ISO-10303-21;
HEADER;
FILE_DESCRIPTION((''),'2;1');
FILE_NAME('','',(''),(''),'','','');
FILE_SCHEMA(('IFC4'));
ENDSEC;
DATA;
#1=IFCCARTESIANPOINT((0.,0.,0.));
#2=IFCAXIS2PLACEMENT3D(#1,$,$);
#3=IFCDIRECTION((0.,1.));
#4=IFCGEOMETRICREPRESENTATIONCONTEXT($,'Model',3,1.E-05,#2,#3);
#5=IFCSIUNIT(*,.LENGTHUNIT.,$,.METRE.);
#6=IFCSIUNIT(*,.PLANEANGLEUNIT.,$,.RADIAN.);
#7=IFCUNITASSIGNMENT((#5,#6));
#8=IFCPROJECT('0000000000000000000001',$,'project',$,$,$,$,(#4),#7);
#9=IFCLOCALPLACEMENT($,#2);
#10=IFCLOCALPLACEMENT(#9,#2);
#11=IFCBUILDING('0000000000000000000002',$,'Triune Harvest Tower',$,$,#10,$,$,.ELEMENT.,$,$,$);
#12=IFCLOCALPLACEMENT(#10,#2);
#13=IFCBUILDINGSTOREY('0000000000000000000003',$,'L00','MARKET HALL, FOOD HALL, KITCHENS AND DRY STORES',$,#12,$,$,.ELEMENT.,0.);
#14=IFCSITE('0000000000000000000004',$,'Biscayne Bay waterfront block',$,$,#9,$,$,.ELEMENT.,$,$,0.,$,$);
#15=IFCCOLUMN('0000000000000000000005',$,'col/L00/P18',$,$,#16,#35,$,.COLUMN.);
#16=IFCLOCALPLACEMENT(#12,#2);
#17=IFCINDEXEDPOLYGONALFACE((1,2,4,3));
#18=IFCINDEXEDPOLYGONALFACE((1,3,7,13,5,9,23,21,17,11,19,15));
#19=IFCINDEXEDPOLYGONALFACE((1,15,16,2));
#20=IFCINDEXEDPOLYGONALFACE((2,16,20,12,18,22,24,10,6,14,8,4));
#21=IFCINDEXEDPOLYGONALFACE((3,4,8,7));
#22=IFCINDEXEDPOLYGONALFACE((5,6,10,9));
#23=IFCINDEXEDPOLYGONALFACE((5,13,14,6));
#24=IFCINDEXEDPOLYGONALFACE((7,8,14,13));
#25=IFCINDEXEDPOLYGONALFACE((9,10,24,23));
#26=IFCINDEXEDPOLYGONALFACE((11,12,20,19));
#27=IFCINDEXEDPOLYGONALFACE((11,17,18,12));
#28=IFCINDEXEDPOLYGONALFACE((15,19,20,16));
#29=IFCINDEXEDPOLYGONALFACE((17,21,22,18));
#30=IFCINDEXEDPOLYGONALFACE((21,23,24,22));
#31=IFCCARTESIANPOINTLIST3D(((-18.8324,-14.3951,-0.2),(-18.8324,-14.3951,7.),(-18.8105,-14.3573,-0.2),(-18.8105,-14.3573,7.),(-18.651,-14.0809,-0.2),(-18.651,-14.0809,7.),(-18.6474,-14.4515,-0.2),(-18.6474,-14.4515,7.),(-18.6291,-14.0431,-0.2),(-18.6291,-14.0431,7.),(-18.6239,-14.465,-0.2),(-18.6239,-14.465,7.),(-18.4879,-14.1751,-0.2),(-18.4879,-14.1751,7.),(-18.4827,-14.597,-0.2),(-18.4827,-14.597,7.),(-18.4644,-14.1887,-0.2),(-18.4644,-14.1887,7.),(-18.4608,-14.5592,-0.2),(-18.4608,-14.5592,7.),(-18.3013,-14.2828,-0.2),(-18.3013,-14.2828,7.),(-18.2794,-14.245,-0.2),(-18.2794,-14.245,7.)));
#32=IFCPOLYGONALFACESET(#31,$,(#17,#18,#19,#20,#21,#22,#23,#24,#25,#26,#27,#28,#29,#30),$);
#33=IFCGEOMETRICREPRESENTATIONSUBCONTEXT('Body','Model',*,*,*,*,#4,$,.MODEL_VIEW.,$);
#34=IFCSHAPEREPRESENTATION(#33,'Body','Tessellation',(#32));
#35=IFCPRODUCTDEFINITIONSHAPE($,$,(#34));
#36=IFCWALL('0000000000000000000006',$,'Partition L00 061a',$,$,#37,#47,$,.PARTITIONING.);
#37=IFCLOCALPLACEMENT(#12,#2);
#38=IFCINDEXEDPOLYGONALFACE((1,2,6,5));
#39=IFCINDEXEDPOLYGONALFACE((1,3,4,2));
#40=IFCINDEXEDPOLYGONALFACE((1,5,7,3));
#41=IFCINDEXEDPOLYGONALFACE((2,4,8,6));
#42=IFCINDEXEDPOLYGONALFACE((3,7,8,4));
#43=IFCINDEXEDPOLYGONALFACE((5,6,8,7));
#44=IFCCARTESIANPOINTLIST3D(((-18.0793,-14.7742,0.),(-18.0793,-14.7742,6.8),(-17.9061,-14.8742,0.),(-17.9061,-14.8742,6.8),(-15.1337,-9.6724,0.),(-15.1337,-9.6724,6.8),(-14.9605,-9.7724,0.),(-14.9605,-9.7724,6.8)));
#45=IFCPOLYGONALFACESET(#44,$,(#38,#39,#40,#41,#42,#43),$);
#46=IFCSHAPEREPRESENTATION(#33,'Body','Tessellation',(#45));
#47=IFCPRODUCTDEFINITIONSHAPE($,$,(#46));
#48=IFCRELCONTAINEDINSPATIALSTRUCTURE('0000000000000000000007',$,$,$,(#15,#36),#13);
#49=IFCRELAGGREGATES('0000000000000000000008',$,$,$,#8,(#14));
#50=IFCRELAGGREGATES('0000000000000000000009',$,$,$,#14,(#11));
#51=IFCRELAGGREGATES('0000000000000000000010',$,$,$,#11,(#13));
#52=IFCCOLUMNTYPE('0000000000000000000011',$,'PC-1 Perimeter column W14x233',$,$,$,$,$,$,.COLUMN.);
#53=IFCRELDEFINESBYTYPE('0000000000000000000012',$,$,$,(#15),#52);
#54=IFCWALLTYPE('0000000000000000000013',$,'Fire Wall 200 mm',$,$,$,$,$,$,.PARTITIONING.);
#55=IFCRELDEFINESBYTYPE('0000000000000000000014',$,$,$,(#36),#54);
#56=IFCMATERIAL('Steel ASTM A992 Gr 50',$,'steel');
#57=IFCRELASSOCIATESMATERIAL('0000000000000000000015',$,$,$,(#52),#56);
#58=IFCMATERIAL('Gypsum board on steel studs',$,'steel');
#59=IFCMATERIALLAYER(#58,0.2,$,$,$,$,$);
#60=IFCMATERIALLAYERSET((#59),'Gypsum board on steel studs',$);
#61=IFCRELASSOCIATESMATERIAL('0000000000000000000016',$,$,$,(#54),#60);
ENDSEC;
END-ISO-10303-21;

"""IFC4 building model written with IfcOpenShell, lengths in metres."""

from ifc_helpers import new_model, si_unit, direction, frame, frame_2d, origin, origin_2d, place, context, subcontext, project, spatial, rectangle, i_section, extrude, source, transform, mapped, material, layer, layer_set, material_profile, profile_set, type_object, element, save


model = new_model("IFC4")

# Units and contexts
model_context = context("Model", 3, precision=1e-05, world=origin(), true_north=direction((0.0, 1.0)))
body_context = subcontext(model_context, "Body", "Model", "MODEL_VIEW")
ifc_project = project(units=[si_unit("LENGTHUNIT", "METRE"), si_unit("PLANEANGLEUNIT", "RADIAN")], contexts=[model_context])

# Site, building, storey
site_placement = place(None, origin())
site = spatial("IfcSite", under=ifc_project, at=site_placement, Name="Biscayne Bay waterfront block", CompositionType="ELEMENT", RefElevation=0.0)
building_placement = place(site_placement, origin())
building = spatial("IfcBuilding", under=site, at=building_placement, Name="Triune Harvest Tower", CompositionType="ELEMENT")
storey_placement = place(building_placement, origin())
storey = spatial("IfcBuildingStorey", under=building, at=storey_placement, Name="L00", Description="MARKET HALL, FOOD HALL, KITCHENS AND DRY STORES", CompositionType="ELEMENT", Elevation=0.0)

# Column
ifc_material_1 = material(Name="Steel ASTM A992 Gr 50", Category="steel")
ifc_material_profile_1 = material_profile(ifc_material_1, i_section(OverallWidth=0.4038, OverallDepth=0.4065, WebThickness=0.0271, FlangeThickness=0.0437, at=origin_2d()), Name="W14x233")
ifc_profile_set_1 = profile_set([ifc_material_profile_1], Name="Steel ASTM A992 Gr 50")
column_type = type_object("IfcColumnType", Name="PC-1 Perimeter column W14x233", PredefinedType="COLUMN", material=ifc_profile_set_1)
shared_shape_1 = source(origin(), body_context, "Body", "SweptSolid", [
    extrude(i_section(OverallWidth=0.4038, OverallDepth=0.4065, WebThickness=0.0271, FlangeThickness=0.0437, at=origin_2d()), origin(), (0.0, 0.0, 1.0), 7.2),
])
for number, where, z_axis, x_axis, name in (
    (1, (-18.5559, -14.3201, -0.2), (0.0, 0.0, 1.0), (0.866025, -0.5, 0.0), "col/L00/P18"),
):
    element("IfcColumn", number, at=place(storey_placement, frame(where, z_axis=z_axis, x_axis=x_axis)), inside=storey, type_object=column_type, Name=name, PredefinedType="COLUMN", context=body_context, shape_type="MappedRepresentation", body=[
        mapped(shared_shape_1, transform((0.0, 0.0, 0.0), scale=1.0)),
    ])

# Wall
ifc_material_2 = material(Name="Gypsum board on steel studs", Category="steel")
ifc_layer = layer(ifc_material_2, 0.2)
ifc_layer_set = layer_set([ifc_layer], Name="Gypsum board on steel studs")
wall_type = type_object("IfcWallType", Name="Fire Wall 200 mm", PredefinedType="PARTITIONING", material=ifc_layer_set)
wall_placement = place(storey_placement, frame((-17.9927, -14.8242, 0.0), z_axis=(0.0, 0.0, 1.0), x_axis=(0.500003, 0.866023, 0.0)))
element("IfcWall", 2, at=wall_placement, inside=storey, type_object=wall_type, Name="Partition L00 061a", PredefinedType="PARTITIONING", context=body_context, shape_type="SweptSolid", body=[
    extrude(rectangle(XDim=5.8911, YDim=0.2, at=frame_2d((2.9456, 0.0))), origin(), (0.0, 0.0, 1.0), 6.8),
])

save(model, "model.ifc")
